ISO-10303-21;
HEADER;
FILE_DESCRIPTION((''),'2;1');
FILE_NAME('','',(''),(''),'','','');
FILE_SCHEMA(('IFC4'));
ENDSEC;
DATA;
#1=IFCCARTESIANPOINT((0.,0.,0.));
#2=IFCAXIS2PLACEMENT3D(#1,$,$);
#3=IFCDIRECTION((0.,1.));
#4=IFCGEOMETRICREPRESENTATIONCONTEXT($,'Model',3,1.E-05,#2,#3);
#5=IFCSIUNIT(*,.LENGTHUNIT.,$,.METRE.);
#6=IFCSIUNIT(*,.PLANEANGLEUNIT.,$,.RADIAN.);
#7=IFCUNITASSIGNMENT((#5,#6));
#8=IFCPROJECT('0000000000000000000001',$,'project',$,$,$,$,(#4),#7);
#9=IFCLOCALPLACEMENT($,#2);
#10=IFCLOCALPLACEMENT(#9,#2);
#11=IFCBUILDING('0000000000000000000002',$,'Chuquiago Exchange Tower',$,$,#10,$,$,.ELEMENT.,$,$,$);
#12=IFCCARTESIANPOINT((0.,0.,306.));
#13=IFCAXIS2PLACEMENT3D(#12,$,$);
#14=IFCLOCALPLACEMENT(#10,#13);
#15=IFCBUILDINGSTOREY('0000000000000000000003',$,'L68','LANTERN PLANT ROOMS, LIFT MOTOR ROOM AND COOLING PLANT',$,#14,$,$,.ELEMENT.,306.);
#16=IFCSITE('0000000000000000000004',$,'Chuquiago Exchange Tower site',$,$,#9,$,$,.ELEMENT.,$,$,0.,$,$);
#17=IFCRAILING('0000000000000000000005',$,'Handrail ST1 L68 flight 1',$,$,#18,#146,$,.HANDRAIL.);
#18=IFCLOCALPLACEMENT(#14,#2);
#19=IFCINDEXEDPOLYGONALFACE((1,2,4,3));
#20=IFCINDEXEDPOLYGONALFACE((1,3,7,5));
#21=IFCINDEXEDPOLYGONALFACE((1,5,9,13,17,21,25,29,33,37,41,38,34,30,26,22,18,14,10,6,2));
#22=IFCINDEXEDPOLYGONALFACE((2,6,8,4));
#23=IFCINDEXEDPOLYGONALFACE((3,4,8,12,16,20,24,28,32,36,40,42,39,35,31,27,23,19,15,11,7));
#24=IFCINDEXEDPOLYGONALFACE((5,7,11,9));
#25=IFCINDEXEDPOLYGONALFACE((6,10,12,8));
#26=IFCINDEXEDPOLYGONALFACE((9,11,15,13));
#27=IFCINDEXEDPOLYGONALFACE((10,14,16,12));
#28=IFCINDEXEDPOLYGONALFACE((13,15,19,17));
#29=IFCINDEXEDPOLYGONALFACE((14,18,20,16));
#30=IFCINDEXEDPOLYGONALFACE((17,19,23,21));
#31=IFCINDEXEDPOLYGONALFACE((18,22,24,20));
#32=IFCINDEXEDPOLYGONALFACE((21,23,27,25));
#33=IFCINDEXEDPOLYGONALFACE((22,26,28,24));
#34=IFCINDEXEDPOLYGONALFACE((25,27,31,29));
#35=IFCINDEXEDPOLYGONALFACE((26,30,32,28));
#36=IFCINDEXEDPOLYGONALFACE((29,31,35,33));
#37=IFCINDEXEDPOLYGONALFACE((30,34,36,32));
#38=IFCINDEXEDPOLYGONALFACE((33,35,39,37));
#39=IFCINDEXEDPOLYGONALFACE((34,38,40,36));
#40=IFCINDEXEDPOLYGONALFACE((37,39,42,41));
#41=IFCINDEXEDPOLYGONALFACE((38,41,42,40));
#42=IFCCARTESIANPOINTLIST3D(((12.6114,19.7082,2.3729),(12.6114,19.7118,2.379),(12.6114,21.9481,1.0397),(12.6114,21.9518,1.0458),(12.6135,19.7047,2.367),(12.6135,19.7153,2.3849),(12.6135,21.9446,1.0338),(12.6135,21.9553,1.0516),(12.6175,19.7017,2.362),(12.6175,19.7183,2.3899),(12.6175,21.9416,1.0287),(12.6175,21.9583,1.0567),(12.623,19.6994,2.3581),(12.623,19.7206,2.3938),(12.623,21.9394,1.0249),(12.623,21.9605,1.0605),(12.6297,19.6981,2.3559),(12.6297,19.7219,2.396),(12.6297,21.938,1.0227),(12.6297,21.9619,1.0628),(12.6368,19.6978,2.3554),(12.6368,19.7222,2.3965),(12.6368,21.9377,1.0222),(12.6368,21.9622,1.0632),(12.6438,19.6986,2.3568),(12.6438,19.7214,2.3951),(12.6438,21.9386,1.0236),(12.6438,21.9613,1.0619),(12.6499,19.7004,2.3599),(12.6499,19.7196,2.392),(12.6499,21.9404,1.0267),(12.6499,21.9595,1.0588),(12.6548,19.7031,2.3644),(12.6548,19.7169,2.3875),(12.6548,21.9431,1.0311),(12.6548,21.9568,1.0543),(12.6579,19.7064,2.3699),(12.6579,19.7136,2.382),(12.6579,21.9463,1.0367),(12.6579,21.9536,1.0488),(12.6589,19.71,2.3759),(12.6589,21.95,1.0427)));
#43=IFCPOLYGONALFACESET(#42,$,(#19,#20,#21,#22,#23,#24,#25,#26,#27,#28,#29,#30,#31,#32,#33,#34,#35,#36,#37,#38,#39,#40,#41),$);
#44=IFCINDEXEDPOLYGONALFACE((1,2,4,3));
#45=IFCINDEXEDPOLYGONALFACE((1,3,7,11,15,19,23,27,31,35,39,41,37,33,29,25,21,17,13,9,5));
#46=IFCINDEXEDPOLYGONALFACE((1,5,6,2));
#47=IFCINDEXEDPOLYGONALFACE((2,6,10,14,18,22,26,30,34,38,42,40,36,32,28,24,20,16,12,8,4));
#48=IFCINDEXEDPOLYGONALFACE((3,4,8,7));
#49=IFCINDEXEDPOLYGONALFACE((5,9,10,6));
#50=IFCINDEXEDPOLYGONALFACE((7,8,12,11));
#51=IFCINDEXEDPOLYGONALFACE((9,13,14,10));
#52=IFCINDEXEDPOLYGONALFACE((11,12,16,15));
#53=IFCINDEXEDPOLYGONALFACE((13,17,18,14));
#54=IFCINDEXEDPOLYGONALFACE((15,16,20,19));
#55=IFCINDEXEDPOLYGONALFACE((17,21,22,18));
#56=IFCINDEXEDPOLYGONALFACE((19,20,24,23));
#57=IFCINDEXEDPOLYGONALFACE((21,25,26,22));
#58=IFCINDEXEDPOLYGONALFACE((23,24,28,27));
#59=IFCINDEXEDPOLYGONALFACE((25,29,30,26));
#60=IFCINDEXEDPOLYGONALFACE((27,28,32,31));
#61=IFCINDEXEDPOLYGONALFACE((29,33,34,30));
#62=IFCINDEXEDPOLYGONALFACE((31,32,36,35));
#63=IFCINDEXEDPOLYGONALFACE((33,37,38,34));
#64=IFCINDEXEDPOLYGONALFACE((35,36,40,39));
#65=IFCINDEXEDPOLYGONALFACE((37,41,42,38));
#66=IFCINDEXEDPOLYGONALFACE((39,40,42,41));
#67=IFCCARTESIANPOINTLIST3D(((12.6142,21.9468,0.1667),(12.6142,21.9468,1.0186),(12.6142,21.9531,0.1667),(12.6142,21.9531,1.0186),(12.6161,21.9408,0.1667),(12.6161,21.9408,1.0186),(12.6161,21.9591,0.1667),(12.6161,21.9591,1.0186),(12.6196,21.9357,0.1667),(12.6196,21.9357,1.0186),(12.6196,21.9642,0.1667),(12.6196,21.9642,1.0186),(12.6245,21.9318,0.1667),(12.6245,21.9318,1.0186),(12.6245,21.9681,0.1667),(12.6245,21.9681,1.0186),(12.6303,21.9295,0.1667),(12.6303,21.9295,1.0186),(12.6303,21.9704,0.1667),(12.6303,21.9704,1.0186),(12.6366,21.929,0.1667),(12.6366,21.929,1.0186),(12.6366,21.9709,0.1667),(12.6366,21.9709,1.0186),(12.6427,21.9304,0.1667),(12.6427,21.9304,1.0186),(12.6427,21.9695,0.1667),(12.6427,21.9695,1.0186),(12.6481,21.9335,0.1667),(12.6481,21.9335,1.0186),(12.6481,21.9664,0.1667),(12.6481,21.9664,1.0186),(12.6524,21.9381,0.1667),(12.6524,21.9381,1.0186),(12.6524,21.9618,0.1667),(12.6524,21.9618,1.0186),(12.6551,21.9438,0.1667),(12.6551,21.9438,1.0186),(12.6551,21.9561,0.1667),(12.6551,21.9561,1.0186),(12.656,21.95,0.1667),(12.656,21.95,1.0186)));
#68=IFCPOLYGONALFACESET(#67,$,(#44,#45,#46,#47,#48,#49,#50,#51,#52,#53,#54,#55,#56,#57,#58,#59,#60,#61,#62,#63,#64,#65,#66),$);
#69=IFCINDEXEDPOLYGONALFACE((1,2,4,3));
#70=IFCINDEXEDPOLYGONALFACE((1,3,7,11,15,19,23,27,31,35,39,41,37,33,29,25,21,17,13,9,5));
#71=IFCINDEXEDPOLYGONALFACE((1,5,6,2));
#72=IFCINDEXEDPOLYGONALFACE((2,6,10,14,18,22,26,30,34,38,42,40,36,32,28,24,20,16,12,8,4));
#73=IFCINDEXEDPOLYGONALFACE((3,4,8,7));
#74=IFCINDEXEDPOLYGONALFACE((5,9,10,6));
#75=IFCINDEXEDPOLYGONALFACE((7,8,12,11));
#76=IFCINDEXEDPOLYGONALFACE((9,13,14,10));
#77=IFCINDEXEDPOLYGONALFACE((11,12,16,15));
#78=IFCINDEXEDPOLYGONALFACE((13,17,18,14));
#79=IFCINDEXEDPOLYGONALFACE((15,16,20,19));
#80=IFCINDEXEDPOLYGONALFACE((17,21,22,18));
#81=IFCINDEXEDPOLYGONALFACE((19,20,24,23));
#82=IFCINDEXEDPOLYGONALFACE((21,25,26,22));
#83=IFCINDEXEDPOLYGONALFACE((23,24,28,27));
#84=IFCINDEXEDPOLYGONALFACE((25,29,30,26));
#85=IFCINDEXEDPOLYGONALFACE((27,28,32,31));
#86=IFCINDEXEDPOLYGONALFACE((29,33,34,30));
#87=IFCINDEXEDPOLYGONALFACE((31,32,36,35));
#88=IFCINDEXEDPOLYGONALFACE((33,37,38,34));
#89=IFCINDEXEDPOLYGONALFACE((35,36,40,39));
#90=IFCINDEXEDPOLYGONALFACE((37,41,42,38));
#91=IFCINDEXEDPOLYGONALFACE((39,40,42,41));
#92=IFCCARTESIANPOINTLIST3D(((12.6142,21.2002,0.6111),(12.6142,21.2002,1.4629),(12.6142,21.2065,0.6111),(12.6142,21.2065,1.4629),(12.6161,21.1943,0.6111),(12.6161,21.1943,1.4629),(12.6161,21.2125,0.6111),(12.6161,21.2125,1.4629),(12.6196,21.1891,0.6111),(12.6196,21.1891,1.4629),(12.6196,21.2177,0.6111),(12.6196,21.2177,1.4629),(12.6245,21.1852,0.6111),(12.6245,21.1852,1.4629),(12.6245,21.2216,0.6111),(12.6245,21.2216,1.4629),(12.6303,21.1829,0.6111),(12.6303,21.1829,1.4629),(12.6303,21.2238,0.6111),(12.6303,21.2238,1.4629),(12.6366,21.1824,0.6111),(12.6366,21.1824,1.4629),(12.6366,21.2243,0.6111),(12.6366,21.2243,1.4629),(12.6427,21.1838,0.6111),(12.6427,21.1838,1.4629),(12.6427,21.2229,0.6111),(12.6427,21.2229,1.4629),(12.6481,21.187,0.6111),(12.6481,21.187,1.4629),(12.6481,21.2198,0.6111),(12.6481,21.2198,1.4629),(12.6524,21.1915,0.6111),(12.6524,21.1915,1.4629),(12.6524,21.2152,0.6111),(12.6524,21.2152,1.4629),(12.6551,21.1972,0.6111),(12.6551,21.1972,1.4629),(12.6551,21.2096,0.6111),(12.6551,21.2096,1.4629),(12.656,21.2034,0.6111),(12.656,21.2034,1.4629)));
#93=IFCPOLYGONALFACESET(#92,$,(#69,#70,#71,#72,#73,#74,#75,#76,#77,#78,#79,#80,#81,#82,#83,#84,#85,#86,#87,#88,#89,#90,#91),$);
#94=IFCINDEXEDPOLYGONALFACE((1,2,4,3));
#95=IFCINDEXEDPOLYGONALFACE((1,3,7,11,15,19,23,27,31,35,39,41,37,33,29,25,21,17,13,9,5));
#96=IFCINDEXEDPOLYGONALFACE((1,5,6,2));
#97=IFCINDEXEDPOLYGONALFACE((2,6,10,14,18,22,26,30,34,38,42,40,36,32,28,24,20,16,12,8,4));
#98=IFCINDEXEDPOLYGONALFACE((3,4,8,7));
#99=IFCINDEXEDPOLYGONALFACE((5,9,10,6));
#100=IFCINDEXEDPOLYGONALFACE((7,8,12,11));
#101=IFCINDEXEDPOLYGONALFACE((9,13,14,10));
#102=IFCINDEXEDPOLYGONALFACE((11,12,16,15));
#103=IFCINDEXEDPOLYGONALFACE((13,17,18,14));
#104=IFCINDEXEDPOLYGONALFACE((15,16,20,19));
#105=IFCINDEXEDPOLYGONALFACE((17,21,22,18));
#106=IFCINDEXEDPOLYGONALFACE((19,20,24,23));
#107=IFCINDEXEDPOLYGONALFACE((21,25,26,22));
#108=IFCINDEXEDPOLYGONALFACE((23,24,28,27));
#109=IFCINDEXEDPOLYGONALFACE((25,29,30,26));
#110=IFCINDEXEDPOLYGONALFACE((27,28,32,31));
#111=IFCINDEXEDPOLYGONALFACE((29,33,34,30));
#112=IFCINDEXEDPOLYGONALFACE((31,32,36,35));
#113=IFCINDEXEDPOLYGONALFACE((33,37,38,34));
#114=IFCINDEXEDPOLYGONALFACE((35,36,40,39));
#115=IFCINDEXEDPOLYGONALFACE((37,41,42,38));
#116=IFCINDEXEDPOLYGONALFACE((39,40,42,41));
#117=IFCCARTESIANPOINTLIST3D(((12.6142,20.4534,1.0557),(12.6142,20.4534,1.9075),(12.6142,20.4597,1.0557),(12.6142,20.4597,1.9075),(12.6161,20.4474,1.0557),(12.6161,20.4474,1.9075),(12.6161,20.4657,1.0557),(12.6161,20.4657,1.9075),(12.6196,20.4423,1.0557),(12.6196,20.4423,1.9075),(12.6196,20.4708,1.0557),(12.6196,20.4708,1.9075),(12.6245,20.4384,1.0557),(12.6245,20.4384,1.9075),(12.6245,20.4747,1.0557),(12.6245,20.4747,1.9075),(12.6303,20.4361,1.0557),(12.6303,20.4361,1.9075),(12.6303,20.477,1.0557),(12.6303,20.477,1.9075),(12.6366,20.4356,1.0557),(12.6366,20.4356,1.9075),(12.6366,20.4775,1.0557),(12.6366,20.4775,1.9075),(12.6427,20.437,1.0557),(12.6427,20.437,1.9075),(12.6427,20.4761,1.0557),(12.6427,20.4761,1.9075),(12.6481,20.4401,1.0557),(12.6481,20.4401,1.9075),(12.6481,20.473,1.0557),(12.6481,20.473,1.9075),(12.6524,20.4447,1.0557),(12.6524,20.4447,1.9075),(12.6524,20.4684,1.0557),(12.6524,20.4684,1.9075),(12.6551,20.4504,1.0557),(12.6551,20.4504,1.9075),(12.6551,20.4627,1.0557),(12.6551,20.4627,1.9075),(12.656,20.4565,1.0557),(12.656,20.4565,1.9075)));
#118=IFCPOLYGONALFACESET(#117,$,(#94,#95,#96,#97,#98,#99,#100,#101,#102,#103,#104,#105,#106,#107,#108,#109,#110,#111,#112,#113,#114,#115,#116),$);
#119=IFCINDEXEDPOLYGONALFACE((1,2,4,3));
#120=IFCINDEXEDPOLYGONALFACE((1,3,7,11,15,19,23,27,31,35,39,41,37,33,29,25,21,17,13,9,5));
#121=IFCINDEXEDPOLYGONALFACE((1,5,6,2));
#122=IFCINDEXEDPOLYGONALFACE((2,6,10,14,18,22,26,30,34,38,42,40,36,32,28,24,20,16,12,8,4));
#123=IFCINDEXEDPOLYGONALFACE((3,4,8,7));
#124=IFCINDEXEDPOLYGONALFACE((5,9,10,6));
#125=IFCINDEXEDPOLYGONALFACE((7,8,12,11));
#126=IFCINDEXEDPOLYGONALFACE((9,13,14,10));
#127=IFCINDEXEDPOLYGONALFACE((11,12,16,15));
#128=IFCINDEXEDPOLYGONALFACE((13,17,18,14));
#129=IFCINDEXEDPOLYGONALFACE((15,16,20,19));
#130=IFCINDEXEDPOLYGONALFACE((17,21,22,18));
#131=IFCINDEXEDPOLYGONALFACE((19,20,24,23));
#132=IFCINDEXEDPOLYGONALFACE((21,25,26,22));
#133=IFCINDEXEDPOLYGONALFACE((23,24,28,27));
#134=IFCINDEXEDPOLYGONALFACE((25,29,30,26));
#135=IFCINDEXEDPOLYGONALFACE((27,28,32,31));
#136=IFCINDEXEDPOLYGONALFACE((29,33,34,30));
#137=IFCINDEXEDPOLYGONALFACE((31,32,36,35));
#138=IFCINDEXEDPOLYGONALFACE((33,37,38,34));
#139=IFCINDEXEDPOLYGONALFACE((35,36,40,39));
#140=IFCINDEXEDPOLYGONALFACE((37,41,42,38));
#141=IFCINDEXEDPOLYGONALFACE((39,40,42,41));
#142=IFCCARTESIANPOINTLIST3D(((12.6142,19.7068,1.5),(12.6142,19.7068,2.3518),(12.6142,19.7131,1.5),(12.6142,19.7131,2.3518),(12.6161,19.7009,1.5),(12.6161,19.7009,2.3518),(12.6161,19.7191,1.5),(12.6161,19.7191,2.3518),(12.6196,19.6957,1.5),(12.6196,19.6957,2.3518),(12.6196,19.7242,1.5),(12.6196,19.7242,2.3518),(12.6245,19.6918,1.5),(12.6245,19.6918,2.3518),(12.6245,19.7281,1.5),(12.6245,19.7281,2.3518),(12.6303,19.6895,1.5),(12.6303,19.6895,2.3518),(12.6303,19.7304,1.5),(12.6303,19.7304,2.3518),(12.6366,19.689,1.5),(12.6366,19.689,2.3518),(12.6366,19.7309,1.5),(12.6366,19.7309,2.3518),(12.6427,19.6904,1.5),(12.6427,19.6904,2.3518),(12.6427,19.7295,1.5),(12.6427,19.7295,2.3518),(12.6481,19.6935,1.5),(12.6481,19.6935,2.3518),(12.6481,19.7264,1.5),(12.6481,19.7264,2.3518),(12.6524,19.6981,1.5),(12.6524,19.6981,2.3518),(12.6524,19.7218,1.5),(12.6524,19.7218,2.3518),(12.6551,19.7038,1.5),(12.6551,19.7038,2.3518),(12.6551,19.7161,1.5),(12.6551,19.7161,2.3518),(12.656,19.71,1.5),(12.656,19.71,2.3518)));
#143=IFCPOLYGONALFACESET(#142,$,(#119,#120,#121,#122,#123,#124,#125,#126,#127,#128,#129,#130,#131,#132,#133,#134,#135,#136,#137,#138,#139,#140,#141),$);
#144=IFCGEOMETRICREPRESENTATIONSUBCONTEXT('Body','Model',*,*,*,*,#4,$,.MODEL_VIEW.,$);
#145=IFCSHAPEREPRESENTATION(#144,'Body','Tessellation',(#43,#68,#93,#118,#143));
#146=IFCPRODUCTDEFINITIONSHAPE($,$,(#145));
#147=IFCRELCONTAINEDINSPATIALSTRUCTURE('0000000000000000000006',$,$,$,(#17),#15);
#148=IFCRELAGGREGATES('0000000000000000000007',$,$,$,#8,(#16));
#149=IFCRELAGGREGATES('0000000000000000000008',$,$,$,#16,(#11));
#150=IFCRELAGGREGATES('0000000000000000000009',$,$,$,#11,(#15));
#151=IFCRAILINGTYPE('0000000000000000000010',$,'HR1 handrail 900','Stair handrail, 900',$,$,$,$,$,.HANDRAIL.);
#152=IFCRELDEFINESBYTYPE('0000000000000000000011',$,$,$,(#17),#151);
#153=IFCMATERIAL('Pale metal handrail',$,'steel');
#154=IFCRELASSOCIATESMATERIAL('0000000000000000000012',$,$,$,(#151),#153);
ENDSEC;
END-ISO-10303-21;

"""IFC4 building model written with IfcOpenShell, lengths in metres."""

from ifc_helpers import new_model, si_unit, direction, frame, origin, origin_2d, place, context, subcontext, project, spatial, circle, extrude, material, type_object, element, save


model = new_model("IFC4")

# Units and contexts
model_context = context("Model", 3, precision=1e-05, world=origin(), true_north=direction((0.0, 1.0)))
body_context = subcontext(model_context, "Body", "Model", "MODEL_VIEW")
ifc_project = project(units=[si_unit("LENGTHUNIT", "METRE"), si_unit("PLANEANGLEUNIT", "RADIAN")], contexts=[model_context])

# Site, building, storey
site_placement = place(None, origin())
site = spatial("IfcSite", under=ifc_project, at=site_placement, Name="Chuquiago Exchange Tower site", CompositionType="ELEMENT", RefElevation=0.0)
building_placement = place(site_placement, origin())
building = spatial("IfcBuilding", under=site, at=building_placement, Name="Chuquiago Exchange Tower", CompositionType="ELEMENT")
storey_placement = place(building_placement, frame((0.0, 0.0, 306.0)))
storey = spatial("IfcBuildingStorey", under=building, at=storey_placement, Name="L68", Description="LANTERN PLANT ROOMS, LIFT MOTOR ROOM AND COOLING PLANT", CompositionType="ELEMENT", Elevation=306.0)

# Railing
ifc_material_1 = material(Name="Pale metal handrail", Category="steel")
railing_type = type_object("IfcRailingType", Name="HR1 handrail 900", Description="Stair handrail, 900", PredefinedType="HANDRAIL", material=ifc_material_1)
for number, where, name in (
    (1, (12.635, 21.95, 0.1667), "Handrail ST1 L68 flight 1"),
):
    element("IfcRailing", number, at=place(storey_placement, frame(where)), inside=storey, type_object=railing_type, Name=name, PredefinedType="HANDRAIL", context=body_context, shape_type="SweptSolid", body=[
        extrude(circle(Radius=0.0239, at=origin_2d()), frame((0.0, 0.0, 0.876), z_axis=(0.0, -0.859306, 0.511462), x_axis=(1.0, 0.0, 0.0)), (0.0, 0.0, 1.0), 2.6067),
        extrude(circle(Radius=0.021, at=origin_2d()), origin(), (0.0, 0.0, 1.0), 0.8518),
        extrude(circle(Radius=0.021, at=origin_2d()), frame((0.0, -0.7466, 0.4443)), (0.0, 0.0, 1.0), 0.8518),
        extrude(circle(Radius=0.021, at=origin_2d()), frame((0.0, -1.4934, 0.8889)), (0.0, 0.0, 1.0), 0.8518),
        extrude(circle(Radius=0.021, at=origin_2d()), frame((0.0, -2.24, 1.3333)), (0.0, 0.0, 1.0), 0.8518),
    ])

save(model, "model.ifc")
